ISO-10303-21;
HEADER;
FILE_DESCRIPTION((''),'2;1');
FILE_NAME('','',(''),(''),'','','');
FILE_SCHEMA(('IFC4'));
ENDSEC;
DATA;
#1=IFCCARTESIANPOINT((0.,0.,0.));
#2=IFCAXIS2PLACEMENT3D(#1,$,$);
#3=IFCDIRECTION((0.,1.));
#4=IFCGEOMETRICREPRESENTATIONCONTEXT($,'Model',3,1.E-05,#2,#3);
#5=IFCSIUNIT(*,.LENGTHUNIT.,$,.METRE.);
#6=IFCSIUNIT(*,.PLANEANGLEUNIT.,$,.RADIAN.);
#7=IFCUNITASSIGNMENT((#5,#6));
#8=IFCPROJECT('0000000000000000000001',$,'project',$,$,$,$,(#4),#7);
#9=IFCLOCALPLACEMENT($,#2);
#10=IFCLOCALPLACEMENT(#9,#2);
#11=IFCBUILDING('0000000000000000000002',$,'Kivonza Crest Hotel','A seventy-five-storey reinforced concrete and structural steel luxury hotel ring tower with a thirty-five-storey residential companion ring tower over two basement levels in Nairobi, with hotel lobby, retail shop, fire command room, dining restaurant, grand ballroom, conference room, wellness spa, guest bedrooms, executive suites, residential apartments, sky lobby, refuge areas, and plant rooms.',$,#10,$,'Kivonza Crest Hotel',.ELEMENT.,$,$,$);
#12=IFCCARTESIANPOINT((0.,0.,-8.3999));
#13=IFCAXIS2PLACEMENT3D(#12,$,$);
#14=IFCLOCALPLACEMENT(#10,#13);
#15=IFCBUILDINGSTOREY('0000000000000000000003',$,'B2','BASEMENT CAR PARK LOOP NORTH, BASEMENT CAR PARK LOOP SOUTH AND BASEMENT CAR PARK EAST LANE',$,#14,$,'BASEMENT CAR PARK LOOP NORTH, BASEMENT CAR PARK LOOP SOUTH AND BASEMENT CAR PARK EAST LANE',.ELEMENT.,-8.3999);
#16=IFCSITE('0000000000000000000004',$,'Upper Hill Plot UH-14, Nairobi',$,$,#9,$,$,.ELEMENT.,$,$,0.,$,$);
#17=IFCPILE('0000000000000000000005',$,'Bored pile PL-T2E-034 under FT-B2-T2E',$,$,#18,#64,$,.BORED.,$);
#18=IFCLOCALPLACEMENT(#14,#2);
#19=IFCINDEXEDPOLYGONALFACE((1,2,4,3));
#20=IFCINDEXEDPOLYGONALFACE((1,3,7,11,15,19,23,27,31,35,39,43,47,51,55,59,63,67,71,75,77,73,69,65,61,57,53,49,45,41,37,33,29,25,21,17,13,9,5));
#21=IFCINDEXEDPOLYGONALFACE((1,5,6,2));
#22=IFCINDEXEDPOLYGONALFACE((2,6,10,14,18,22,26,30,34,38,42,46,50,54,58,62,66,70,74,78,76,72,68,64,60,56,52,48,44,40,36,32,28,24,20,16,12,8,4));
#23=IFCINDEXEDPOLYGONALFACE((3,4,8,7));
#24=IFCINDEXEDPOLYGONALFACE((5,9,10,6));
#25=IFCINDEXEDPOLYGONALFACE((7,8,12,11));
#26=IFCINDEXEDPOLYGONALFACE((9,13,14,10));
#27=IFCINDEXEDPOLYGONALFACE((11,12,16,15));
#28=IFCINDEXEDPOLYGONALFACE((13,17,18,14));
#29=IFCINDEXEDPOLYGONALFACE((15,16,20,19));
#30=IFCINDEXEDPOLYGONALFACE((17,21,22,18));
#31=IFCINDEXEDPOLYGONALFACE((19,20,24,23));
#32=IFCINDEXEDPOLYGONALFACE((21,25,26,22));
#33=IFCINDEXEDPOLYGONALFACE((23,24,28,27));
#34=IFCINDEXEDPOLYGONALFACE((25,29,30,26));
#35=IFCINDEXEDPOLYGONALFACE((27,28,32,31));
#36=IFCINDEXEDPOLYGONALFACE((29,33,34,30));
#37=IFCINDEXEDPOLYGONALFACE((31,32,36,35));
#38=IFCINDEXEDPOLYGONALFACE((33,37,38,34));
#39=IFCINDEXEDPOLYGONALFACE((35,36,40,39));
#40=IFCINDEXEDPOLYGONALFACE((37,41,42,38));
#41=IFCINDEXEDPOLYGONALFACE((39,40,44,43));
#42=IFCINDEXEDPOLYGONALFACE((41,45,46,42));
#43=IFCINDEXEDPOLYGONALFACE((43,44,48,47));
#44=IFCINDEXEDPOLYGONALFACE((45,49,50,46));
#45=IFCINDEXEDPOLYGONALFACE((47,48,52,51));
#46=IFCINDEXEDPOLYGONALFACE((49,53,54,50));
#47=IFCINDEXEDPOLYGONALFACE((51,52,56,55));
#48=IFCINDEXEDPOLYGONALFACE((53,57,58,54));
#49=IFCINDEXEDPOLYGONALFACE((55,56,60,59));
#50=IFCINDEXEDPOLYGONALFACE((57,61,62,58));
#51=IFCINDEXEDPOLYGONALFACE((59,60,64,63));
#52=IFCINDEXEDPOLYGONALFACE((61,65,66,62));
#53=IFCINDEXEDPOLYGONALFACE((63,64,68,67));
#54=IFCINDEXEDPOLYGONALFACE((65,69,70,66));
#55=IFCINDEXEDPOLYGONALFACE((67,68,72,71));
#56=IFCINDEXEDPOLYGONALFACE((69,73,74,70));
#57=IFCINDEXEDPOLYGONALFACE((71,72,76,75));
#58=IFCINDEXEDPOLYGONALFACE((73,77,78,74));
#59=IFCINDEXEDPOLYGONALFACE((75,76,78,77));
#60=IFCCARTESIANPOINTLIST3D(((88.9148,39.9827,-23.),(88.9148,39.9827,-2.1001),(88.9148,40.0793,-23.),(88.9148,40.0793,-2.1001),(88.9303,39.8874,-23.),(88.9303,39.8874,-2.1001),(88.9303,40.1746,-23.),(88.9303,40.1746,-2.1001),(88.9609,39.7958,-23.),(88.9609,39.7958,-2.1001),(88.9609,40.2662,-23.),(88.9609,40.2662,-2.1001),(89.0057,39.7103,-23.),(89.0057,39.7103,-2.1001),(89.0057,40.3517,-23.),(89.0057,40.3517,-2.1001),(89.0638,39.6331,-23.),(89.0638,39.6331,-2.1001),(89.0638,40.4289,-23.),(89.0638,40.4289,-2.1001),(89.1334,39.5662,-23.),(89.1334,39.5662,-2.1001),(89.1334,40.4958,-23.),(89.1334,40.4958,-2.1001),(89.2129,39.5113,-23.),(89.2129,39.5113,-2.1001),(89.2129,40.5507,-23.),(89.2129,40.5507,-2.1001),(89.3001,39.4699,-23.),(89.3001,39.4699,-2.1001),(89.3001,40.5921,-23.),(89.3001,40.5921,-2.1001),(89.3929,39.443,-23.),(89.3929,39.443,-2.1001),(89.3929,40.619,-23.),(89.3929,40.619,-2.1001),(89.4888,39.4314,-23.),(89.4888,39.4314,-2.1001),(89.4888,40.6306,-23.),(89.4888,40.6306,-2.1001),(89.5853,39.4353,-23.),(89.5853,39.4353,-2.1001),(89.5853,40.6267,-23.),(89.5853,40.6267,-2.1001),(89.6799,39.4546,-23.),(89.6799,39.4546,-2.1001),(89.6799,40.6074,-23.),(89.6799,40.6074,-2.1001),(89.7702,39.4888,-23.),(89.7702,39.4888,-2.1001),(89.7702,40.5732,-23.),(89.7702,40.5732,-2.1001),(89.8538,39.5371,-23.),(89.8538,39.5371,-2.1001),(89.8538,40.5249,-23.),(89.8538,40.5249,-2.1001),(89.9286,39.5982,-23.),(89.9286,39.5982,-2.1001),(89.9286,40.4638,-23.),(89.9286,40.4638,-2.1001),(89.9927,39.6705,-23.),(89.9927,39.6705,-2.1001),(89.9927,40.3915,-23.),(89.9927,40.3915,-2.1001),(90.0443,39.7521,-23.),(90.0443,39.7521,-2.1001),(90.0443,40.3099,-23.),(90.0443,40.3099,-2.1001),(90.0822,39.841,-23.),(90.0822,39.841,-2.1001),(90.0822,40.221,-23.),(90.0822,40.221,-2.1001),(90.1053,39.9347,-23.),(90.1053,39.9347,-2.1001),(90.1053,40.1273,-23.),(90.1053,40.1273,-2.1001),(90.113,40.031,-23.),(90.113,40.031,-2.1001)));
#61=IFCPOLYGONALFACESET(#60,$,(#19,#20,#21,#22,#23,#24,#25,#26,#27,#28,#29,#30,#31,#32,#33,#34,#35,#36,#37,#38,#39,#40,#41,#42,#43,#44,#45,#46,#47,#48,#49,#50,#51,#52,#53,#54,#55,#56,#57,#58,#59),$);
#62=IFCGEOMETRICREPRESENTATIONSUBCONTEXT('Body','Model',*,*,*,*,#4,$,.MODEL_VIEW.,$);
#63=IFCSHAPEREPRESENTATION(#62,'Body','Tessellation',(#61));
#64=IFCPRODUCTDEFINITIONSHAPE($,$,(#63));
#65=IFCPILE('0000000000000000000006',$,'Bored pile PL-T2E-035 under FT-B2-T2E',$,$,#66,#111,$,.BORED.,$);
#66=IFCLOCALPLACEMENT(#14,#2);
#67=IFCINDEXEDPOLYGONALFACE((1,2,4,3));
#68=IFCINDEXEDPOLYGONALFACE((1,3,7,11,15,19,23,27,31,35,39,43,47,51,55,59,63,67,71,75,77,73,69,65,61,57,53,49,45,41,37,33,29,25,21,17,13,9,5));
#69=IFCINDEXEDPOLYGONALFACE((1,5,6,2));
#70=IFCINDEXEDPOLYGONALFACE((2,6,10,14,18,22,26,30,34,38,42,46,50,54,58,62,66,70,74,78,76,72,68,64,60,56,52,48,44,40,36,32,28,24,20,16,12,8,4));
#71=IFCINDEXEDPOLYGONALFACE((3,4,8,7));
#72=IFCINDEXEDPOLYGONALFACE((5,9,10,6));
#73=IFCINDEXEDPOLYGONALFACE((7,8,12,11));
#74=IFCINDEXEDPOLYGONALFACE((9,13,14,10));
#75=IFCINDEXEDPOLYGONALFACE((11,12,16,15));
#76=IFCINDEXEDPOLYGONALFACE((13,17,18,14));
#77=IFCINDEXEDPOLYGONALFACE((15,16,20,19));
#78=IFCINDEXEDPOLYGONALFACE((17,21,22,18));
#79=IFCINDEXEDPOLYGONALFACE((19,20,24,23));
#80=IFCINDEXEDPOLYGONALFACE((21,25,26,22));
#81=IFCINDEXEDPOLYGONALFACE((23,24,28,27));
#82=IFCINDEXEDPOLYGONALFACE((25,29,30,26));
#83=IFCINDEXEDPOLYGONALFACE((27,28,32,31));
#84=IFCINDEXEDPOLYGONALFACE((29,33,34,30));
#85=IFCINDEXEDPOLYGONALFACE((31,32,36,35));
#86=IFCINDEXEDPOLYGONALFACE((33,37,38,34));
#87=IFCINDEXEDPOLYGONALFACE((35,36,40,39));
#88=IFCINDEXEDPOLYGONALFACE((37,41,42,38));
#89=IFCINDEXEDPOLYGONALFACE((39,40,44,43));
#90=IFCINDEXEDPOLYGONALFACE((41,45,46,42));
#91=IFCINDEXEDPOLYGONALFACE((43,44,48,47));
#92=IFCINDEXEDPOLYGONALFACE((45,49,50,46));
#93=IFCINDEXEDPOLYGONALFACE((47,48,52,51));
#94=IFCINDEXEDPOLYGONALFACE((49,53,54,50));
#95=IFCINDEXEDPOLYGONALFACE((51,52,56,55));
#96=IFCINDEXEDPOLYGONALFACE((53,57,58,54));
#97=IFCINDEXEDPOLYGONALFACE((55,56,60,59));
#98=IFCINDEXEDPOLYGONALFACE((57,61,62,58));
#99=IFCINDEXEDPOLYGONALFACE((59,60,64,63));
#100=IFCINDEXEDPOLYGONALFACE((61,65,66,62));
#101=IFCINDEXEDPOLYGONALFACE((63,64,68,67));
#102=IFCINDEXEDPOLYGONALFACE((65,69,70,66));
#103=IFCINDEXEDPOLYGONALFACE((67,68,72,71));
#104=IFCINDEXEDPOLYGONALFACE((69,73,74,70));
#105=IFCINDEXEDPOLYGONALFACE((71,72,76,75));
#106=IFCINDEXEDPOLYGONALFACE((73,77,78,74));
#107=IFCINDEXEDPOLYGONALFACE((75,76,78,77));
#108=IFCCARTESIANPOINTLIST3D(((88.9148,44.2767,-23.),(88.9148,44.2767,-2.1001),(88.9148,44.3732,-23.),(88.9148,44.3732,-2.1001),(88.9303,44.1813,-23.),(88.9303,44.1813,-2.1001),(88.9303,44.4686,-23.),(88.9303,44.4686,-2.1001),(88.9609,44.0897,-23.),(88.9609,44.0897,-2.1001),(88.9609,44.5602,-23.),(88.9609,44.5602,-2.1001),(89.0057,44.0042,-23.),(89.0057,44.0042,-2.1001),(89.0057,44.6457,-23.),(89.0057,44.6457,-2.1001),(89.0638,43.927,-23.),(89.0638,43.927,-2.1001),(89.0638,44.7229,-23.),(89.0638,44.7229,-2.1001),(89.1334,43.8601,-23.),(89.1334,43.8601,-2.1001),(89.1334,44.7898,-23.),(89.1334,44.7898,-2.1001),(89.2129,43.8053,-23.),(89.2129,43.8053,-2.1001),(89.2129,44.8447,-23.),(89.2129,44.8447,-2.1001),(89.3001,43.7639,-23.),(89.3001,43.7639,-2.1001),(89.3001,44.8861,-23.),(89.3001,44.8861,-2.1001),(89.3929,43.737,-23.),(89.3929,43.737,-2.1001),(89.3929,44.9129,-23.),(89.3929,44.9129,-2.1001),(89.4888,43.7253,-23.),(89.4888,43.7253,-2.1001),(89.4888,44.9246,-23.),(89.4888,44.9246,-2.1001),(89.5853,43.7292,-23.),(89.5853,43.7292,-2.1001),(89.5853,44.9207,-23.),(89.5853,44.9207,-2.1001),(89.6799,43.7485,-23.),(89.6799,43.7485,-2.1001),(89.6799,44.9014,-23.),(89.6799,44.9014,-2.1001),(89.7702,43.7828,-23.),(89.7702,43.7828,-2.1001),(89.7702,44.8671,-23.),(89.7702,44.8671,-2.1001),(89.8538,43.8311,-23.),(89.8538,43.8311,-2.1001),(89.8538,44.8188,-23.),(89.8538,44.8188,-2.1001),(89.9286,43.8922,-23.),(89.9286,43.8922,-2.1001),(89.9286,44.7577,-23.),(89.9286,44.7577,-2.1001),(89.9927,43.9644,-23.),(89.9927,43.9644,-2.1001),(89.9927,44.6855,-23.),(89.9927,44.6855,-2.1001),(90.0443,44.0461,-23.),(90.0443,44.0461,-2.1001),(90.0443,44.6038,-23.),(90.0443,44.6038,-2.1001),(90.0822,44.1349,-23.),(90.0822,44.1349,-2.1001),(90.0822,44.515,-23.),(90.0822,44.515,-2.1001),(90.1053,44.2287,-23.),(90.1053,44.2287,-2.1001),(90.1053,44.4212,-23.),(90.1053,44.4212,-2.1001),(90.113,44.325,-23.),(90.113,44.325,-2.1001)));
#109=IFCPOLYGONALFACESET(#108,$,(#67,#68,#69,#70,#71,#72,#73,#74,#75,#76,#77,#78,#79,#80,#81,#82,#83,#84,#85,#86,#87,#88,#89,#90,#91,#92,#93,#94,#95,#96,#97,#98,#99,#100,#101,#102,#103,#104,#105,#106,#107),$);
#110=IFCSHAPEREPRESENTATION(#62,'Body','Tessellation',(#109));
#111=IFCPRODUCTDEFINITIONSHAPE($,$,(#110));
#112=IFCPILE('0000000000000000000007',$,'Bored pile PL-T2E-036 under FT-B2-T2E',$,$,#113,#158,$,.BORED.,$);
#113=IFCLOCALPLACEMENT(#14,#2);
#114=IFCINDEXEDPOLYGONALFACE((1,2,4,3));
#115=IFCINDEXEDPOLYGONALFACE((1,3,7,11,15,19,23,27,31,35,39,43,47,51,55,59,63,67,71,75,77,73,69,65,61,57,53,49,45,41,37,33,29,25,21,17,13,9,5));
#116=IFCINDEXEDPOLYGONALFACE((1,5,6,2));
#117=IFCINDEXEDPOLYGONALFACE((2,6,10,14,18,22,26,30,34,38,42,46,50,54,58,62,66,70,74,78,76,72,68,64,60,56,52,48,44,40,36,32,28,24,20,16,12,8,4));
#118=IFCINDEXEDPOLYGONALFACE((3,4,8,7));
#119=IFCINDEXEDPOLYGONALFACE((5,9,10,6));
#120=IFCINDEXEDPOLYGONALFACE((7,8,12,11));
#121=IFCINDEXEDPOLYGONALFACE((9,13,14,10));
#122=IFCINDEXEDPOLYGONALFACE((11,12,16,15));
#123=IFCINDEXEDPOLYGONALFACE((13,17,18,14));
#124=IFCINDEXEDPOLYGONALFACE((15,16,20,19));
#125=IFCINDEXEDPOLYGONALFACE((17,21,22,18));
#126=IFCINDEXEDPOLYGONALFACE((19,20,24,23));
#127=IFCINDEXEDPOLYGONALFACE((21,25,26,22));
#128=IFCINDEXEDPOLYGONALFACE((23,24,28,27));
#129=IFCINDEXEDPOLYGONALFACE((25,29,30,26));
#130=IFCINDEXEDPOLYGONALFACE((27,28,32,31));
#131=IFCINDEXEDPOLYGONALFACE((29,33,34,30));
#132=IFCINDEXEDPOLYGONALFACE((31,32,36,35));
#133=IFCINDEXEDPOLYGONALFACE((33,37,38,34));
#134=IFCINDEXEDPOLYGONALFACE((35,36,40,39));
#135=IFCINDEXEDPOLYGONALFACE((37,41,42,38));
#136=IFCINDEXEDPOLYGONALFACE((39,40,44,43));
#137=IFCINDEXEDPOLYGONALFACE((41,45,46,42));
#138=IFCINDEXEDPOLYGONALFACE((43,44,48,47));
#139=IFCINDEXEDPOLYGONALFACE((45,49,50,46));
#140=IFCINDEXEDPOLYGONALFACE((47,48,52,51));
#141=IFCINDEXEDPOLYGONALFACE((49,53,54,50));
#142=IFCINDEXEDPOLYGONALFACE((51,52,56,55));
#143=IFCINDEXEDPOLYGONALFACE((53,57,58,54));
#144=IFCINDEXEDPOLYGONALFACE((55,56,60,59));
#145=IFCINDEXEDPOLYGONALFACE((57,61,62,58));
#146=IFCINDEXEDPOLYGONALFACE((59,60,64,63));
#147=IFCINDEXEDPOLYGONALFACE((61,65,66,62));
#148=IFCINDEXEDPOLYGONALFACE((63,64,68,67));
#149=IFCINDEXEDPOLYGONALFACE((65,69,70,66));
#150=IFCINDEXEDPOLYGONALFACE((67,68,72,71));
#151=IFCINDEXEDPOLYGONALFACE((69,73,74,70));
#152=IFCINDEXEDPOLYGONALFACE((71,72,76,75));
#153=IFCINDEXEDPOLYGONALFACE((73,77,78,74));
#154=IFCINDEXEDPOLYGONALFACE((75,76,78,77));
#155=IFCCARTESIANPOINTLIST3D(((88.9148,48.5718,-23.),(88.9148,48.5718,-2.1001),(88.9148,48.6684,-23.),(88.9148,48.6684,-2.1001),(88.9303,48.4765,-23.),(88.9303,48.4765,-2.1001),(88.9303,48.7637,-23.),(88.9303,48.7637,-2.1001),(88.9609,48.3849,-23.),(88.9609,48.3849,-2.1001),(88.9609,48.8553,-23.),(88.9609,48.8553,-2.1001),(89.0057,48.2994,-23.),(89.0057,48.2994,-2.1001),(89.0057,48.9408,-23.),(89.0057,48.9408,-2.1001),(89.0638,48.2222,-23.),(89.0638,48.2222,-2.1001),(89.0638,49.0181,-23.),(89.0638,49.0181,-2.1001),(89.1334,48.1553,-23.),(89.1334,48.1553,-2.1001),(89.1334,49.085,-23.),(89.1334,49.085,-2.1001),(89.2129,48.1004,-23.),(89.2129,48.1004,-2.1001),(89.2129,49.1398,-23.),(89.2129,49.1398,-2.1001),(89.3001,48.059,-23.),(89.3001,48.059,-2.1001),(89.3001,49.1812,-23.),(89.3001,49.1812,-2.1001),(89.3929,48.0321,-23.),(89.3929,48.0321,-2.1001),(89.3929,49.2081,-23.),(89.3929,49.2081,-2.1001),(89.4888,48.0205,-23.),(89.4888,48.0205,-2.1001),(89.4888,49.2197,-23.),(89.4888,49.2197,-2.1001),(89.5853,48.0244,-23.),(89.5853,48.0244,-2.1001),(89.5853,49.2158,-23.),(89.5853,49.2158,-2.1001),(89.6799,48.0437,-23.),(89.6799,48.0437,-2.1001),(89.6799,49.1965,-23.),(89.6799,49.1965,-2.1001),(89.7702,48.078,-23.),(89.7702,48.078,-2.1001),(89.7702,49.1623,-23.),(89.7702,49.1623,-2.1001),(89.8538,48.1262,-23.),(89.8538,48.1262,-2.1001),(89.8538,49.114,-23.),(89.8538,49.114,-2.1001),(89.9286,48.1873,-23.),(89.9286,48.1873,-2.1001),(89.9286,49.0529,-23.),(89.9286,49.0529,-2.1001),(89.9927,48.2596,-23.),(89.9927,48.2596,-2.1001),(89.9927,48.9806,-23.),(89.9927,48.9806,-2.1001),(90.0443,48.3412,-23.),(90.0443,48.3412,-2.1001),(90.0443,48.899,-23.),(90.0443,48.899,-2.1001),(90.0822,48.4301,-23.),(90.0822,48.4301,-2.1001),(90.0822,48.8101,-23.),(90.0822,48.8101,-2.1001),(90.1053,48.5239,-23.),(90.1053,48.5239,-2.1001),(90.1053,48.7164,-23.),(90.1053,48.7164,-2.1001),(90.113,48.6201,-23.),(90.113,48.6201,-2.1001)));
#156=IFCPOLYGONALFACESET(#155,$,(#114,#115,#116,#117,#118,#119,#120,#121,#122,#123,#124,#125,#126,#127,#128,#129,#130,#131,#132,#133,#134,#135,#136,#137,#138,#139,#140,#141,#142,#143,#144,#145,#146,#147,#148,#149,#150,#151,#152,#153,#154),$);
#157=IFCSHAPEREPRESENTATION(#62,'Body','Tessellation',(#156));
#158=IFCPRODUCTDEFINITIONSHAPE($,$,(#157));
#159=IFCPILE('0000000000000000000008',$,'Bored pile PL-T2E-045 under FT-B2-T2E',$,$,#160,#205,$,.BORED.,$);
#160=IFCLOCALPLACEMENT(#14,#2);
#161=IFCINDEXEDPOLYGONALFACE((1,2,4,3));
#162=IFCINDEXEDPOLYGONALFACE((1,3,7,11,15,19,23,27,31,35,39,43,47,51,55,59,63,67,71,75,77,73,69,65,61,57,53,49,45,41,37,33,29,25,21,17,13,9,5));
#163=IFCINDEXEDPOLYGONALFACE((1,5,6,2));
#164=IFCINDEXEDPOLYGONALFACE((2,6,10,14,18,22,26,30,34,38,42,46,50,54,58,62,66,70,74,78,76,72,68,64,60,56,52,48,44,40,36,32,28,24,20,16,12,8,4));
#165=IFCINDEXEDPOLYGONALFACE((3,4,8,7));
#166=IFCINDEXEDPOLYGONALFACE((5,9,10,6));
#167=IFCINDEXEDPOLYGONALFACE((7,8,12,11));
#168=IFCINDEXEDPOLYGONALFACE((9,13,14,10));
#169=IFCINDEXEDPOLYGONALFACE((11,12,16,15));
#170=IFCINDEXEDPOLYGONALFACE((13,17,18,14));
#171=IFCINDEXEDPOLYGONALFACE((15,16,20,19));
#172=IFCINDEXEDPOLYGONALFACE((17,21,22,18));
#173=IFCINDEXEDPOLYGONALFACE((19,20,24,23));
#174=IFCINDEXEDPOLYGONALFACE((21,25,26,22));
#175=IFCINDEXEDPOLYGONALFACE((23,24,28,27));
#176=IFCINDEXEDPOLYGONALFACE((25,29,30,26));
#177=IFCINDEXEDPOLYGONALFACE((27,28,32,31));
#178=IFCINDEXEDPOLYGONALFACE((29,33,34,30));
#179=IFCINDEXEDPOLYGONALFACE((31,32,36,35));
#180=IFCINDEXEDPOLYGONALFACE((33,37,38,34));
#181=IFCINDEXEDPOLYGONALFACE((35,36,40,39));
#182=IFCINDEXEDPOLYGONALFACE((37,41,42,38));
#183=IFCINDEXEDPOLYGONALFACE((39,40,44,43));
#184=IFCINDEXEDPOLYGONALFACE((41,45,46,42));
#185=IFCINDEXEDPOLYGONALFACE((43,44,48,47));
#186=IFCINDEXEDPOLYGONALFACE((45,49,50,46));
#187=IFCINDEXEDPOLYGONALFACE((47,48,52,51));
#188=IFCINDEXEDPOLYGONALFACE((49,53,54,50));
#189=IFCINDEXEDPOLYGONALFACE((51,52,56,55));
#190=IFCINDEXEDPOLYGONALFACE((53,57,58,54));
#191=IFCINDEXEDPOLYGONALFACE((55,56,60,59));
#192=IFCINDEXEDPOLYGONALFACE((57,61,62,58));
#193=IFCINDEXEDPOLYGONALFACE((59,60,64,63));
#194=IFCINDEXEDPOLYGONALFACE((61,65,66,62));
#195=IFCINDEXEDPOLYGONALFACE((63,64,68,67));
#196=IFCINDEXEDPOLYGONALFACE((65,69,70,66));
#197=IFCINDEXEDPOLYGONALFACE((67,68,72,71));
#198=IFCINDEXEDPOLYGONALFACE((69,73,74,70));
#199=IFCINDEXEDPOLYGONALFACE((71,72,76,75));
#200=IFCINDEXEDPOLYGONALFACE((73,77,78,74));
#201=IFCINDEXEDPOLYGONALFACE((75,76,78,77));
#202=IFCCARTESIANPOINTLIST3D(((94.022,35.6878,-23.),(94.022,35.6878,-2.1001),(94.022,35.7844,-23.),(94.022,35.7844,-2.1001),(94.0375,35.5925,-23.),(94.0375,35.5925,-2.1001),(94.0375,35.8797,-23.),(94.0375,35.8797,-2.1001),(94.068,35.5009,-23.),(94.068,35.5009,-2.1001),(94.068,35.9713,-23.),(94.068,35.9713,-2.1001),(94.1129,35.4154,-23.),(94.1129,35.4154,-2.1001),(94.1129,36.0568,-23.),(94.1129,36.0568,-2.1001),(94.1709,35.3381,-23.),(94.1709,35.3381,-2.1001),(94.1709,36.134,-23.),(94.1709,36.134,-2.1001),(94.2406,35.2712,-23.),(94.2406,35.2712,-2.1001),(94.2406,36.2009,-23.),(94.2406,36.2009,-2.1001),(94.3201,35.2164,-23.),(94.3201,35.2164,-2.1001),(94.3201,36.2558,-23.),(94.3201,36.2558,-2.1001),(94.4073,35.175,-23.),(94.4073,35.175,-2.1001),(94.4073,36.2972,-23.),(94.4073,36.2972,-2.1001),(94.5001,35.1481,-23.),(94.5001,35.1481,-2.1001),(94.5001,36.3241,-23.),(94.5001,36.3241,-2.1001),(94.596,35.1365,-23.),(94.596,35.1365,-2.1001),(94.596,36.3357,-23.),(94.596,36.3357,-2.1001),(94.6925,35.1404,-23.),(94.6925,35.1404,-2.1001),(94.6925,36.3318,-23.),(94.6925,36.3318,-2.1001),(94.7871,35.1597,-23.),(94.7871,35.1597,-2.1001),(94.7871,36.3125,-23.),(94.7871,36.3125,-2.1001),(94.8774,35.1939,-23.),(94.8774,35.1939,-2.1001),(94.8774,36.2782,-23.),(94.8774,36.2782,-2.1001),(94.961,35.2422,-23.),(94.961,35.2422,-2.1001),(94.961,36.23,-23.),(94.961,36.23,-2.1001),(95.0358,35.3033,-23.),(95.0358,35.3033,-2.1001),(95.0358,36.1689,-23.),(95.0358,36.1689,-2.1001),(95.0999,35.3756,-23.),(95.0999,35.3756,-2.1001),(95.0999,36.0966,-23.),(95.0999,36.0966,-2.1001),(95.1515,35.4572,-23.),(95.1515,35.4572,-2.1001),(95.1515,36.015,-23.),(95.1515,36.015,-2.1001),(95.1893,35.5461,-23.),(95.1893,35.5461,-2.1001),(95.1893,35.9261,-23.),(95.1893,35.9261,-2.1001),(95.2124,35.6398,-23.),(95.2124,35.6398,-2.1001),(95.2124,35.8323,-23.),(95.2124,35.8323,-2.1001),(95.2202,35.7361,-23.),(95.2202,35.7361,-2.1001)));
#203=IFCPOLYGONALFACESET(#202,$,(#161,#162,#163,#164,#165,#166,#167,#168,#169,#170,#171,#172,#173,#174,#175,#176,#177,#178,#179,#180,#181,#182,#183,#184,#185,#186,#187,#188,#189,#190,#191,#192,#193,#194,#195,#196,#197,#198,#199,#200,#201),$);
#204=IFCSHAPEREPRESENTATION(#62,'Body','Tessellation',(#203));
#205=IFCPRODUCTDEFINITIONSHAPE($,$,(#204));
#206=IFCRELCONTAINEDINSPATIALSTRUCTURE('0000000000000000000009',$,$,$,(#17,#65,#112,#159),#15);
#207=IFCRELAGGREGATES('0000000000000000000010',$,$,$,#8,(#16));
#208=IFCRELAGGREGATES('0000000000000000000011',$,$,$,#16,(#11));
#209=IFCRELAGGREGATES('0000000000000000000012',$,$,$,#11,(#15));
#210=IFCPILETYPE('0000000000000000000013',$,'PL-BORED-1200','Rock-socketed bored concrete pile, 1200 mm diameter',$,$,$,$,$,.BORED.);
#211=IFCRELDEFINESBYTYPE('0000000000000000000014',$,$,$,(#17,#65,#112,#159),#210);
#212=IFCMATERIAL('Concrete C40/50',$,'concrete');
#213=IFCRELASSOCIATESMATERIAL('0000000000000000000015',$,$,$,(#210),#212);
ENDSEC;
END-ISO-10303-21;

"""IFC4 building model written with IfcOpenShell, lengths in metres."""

from ifc_helpers import new_model, si_unit, direction, frame, origin, origin_2d, place, context, subcontext, project, spatial, circle, extrude, material, material_profile, profile_set, type_object, element, save


model = new_model("IFC4")

# Units and contexts
model_context = context("Model", 3, precision=1e-05, world=origin(), true_north=direction((0.0, 1.0)))
body_context = subcontext(model_context, "Body", "Model", "MODEL_VIEW")
ifc_project = project(units=[si_unit("LENGTHUNIT", "METRE"), si_unit("PLANEANGLEUNIT", "RADIAN")], contexts=[model_context])

# Site, building, storey
site_placement = place(None, origin())
site = spatial("IfcSite", under=ifc_project, at=site_placement, Name="Upper Hill Plot UH-14, Nairobi", CompositionType="ELEMENT", RefElevation=0.0)
building_placement = place(site_placement, origin())
building = spatial("IfcBuilding", under=site, at=building_placement, Name="Kivonza Crest Hotel", Description="A seventy-five-storey reinforced concrete and structural steel luxury hotel ring tower with a thirty-five-storey residential companion ring tower over two basement levels in Nairobi, with hotel lobby, retail shop, fire command room, dining restaurant, grand ballroom, conference room, wellness spa, guest bedrooms, executive suites, residential apartments, sky lobby, refuge areas, and plant rooms.", LongName="Kivonza Crest Hotel", CompositionType="ELEMENT")
storey_placement = place(building_placement, frame((0.0, 0.0, -8.3999)))
storey = spatial("IfcBuildingStorey", under=building, at=storey_placement, Name="B2", Description="BASEMENT CAR PARK LOOP NORTH, BASEMENT CAR PARK LOOP SOUTH AND BASEMENT CAR PARK EAST LANE", LongName="BASEMENT CAR PARK LOOP NORTH, BASEMENT CAR PARK LOOP SOUTH AND BASEMENT CAR PARK EAST LANE", CompositionType="ELEMENT", Elevation=-8.3999)

# Piles
ifc_material_1 = material(Name="Concrete C40/50", Category="concrete")
ifc_material_profile_1 = material_profile(ifc_material_1, circle(Radius=0.6001, at=origin_2d()), Name="PILE D1200")
ifc_profile_set_1 = profile_set([ifc_material_profile_1], Name="Concrete C40/50")
pile_type = type_object("IfcPileType", Name="PL-BORED-1200", Description="Rock-socketed bored concrete pile, 1200 mm diameter", PredefinedType="BORED", material=ifc_profile_set_1)
for number, where, z_axis, x_axis, name in (
    (1, (89.5129, 40.031, -2.1001), (0.0, 0.0, -1.0), (1.0, 0.0, 0.0), "Bored pile PL-T2E-034 under FT-B2-T2E"),
    (2, (89.5129, 44.325, -2.1001), (0.0, 0.0, -1.0), (1.0, 0.0, 0.0), "Bored pile PL-T2E-035 under FT-B2-T2E"),
    (3, (89.5129, 48.6201, -2.1001), (0.0, 0.0, -1.0), (1.0, 0.0, 0.0), "Bored pile PL-T2E-036 under FT-B2-T2E"),
    (4, (94.6201, 35.7361, -2.1001), (0.0, 0.0, -1.0), (1.0, 0.0, 0.0), "Bored pile PL-T2E-045 under FT-B2-T2E"),
):
    element("IfcPile", number, at=place(storey_placement, frame(where, z_axis=z_axis, x_axis=x_axis)), inside=storey, type_object=pile_type, Name=name, PredefinedType="BORED", context=body_context, shape_type="SweptSolid", body=[
        extrude(circle(Radius=0.6001, at=origin_2d()), origin(), (0.0, 0.0, 1.0), 20.8999),
    ])

save(model, "model.ifc")
